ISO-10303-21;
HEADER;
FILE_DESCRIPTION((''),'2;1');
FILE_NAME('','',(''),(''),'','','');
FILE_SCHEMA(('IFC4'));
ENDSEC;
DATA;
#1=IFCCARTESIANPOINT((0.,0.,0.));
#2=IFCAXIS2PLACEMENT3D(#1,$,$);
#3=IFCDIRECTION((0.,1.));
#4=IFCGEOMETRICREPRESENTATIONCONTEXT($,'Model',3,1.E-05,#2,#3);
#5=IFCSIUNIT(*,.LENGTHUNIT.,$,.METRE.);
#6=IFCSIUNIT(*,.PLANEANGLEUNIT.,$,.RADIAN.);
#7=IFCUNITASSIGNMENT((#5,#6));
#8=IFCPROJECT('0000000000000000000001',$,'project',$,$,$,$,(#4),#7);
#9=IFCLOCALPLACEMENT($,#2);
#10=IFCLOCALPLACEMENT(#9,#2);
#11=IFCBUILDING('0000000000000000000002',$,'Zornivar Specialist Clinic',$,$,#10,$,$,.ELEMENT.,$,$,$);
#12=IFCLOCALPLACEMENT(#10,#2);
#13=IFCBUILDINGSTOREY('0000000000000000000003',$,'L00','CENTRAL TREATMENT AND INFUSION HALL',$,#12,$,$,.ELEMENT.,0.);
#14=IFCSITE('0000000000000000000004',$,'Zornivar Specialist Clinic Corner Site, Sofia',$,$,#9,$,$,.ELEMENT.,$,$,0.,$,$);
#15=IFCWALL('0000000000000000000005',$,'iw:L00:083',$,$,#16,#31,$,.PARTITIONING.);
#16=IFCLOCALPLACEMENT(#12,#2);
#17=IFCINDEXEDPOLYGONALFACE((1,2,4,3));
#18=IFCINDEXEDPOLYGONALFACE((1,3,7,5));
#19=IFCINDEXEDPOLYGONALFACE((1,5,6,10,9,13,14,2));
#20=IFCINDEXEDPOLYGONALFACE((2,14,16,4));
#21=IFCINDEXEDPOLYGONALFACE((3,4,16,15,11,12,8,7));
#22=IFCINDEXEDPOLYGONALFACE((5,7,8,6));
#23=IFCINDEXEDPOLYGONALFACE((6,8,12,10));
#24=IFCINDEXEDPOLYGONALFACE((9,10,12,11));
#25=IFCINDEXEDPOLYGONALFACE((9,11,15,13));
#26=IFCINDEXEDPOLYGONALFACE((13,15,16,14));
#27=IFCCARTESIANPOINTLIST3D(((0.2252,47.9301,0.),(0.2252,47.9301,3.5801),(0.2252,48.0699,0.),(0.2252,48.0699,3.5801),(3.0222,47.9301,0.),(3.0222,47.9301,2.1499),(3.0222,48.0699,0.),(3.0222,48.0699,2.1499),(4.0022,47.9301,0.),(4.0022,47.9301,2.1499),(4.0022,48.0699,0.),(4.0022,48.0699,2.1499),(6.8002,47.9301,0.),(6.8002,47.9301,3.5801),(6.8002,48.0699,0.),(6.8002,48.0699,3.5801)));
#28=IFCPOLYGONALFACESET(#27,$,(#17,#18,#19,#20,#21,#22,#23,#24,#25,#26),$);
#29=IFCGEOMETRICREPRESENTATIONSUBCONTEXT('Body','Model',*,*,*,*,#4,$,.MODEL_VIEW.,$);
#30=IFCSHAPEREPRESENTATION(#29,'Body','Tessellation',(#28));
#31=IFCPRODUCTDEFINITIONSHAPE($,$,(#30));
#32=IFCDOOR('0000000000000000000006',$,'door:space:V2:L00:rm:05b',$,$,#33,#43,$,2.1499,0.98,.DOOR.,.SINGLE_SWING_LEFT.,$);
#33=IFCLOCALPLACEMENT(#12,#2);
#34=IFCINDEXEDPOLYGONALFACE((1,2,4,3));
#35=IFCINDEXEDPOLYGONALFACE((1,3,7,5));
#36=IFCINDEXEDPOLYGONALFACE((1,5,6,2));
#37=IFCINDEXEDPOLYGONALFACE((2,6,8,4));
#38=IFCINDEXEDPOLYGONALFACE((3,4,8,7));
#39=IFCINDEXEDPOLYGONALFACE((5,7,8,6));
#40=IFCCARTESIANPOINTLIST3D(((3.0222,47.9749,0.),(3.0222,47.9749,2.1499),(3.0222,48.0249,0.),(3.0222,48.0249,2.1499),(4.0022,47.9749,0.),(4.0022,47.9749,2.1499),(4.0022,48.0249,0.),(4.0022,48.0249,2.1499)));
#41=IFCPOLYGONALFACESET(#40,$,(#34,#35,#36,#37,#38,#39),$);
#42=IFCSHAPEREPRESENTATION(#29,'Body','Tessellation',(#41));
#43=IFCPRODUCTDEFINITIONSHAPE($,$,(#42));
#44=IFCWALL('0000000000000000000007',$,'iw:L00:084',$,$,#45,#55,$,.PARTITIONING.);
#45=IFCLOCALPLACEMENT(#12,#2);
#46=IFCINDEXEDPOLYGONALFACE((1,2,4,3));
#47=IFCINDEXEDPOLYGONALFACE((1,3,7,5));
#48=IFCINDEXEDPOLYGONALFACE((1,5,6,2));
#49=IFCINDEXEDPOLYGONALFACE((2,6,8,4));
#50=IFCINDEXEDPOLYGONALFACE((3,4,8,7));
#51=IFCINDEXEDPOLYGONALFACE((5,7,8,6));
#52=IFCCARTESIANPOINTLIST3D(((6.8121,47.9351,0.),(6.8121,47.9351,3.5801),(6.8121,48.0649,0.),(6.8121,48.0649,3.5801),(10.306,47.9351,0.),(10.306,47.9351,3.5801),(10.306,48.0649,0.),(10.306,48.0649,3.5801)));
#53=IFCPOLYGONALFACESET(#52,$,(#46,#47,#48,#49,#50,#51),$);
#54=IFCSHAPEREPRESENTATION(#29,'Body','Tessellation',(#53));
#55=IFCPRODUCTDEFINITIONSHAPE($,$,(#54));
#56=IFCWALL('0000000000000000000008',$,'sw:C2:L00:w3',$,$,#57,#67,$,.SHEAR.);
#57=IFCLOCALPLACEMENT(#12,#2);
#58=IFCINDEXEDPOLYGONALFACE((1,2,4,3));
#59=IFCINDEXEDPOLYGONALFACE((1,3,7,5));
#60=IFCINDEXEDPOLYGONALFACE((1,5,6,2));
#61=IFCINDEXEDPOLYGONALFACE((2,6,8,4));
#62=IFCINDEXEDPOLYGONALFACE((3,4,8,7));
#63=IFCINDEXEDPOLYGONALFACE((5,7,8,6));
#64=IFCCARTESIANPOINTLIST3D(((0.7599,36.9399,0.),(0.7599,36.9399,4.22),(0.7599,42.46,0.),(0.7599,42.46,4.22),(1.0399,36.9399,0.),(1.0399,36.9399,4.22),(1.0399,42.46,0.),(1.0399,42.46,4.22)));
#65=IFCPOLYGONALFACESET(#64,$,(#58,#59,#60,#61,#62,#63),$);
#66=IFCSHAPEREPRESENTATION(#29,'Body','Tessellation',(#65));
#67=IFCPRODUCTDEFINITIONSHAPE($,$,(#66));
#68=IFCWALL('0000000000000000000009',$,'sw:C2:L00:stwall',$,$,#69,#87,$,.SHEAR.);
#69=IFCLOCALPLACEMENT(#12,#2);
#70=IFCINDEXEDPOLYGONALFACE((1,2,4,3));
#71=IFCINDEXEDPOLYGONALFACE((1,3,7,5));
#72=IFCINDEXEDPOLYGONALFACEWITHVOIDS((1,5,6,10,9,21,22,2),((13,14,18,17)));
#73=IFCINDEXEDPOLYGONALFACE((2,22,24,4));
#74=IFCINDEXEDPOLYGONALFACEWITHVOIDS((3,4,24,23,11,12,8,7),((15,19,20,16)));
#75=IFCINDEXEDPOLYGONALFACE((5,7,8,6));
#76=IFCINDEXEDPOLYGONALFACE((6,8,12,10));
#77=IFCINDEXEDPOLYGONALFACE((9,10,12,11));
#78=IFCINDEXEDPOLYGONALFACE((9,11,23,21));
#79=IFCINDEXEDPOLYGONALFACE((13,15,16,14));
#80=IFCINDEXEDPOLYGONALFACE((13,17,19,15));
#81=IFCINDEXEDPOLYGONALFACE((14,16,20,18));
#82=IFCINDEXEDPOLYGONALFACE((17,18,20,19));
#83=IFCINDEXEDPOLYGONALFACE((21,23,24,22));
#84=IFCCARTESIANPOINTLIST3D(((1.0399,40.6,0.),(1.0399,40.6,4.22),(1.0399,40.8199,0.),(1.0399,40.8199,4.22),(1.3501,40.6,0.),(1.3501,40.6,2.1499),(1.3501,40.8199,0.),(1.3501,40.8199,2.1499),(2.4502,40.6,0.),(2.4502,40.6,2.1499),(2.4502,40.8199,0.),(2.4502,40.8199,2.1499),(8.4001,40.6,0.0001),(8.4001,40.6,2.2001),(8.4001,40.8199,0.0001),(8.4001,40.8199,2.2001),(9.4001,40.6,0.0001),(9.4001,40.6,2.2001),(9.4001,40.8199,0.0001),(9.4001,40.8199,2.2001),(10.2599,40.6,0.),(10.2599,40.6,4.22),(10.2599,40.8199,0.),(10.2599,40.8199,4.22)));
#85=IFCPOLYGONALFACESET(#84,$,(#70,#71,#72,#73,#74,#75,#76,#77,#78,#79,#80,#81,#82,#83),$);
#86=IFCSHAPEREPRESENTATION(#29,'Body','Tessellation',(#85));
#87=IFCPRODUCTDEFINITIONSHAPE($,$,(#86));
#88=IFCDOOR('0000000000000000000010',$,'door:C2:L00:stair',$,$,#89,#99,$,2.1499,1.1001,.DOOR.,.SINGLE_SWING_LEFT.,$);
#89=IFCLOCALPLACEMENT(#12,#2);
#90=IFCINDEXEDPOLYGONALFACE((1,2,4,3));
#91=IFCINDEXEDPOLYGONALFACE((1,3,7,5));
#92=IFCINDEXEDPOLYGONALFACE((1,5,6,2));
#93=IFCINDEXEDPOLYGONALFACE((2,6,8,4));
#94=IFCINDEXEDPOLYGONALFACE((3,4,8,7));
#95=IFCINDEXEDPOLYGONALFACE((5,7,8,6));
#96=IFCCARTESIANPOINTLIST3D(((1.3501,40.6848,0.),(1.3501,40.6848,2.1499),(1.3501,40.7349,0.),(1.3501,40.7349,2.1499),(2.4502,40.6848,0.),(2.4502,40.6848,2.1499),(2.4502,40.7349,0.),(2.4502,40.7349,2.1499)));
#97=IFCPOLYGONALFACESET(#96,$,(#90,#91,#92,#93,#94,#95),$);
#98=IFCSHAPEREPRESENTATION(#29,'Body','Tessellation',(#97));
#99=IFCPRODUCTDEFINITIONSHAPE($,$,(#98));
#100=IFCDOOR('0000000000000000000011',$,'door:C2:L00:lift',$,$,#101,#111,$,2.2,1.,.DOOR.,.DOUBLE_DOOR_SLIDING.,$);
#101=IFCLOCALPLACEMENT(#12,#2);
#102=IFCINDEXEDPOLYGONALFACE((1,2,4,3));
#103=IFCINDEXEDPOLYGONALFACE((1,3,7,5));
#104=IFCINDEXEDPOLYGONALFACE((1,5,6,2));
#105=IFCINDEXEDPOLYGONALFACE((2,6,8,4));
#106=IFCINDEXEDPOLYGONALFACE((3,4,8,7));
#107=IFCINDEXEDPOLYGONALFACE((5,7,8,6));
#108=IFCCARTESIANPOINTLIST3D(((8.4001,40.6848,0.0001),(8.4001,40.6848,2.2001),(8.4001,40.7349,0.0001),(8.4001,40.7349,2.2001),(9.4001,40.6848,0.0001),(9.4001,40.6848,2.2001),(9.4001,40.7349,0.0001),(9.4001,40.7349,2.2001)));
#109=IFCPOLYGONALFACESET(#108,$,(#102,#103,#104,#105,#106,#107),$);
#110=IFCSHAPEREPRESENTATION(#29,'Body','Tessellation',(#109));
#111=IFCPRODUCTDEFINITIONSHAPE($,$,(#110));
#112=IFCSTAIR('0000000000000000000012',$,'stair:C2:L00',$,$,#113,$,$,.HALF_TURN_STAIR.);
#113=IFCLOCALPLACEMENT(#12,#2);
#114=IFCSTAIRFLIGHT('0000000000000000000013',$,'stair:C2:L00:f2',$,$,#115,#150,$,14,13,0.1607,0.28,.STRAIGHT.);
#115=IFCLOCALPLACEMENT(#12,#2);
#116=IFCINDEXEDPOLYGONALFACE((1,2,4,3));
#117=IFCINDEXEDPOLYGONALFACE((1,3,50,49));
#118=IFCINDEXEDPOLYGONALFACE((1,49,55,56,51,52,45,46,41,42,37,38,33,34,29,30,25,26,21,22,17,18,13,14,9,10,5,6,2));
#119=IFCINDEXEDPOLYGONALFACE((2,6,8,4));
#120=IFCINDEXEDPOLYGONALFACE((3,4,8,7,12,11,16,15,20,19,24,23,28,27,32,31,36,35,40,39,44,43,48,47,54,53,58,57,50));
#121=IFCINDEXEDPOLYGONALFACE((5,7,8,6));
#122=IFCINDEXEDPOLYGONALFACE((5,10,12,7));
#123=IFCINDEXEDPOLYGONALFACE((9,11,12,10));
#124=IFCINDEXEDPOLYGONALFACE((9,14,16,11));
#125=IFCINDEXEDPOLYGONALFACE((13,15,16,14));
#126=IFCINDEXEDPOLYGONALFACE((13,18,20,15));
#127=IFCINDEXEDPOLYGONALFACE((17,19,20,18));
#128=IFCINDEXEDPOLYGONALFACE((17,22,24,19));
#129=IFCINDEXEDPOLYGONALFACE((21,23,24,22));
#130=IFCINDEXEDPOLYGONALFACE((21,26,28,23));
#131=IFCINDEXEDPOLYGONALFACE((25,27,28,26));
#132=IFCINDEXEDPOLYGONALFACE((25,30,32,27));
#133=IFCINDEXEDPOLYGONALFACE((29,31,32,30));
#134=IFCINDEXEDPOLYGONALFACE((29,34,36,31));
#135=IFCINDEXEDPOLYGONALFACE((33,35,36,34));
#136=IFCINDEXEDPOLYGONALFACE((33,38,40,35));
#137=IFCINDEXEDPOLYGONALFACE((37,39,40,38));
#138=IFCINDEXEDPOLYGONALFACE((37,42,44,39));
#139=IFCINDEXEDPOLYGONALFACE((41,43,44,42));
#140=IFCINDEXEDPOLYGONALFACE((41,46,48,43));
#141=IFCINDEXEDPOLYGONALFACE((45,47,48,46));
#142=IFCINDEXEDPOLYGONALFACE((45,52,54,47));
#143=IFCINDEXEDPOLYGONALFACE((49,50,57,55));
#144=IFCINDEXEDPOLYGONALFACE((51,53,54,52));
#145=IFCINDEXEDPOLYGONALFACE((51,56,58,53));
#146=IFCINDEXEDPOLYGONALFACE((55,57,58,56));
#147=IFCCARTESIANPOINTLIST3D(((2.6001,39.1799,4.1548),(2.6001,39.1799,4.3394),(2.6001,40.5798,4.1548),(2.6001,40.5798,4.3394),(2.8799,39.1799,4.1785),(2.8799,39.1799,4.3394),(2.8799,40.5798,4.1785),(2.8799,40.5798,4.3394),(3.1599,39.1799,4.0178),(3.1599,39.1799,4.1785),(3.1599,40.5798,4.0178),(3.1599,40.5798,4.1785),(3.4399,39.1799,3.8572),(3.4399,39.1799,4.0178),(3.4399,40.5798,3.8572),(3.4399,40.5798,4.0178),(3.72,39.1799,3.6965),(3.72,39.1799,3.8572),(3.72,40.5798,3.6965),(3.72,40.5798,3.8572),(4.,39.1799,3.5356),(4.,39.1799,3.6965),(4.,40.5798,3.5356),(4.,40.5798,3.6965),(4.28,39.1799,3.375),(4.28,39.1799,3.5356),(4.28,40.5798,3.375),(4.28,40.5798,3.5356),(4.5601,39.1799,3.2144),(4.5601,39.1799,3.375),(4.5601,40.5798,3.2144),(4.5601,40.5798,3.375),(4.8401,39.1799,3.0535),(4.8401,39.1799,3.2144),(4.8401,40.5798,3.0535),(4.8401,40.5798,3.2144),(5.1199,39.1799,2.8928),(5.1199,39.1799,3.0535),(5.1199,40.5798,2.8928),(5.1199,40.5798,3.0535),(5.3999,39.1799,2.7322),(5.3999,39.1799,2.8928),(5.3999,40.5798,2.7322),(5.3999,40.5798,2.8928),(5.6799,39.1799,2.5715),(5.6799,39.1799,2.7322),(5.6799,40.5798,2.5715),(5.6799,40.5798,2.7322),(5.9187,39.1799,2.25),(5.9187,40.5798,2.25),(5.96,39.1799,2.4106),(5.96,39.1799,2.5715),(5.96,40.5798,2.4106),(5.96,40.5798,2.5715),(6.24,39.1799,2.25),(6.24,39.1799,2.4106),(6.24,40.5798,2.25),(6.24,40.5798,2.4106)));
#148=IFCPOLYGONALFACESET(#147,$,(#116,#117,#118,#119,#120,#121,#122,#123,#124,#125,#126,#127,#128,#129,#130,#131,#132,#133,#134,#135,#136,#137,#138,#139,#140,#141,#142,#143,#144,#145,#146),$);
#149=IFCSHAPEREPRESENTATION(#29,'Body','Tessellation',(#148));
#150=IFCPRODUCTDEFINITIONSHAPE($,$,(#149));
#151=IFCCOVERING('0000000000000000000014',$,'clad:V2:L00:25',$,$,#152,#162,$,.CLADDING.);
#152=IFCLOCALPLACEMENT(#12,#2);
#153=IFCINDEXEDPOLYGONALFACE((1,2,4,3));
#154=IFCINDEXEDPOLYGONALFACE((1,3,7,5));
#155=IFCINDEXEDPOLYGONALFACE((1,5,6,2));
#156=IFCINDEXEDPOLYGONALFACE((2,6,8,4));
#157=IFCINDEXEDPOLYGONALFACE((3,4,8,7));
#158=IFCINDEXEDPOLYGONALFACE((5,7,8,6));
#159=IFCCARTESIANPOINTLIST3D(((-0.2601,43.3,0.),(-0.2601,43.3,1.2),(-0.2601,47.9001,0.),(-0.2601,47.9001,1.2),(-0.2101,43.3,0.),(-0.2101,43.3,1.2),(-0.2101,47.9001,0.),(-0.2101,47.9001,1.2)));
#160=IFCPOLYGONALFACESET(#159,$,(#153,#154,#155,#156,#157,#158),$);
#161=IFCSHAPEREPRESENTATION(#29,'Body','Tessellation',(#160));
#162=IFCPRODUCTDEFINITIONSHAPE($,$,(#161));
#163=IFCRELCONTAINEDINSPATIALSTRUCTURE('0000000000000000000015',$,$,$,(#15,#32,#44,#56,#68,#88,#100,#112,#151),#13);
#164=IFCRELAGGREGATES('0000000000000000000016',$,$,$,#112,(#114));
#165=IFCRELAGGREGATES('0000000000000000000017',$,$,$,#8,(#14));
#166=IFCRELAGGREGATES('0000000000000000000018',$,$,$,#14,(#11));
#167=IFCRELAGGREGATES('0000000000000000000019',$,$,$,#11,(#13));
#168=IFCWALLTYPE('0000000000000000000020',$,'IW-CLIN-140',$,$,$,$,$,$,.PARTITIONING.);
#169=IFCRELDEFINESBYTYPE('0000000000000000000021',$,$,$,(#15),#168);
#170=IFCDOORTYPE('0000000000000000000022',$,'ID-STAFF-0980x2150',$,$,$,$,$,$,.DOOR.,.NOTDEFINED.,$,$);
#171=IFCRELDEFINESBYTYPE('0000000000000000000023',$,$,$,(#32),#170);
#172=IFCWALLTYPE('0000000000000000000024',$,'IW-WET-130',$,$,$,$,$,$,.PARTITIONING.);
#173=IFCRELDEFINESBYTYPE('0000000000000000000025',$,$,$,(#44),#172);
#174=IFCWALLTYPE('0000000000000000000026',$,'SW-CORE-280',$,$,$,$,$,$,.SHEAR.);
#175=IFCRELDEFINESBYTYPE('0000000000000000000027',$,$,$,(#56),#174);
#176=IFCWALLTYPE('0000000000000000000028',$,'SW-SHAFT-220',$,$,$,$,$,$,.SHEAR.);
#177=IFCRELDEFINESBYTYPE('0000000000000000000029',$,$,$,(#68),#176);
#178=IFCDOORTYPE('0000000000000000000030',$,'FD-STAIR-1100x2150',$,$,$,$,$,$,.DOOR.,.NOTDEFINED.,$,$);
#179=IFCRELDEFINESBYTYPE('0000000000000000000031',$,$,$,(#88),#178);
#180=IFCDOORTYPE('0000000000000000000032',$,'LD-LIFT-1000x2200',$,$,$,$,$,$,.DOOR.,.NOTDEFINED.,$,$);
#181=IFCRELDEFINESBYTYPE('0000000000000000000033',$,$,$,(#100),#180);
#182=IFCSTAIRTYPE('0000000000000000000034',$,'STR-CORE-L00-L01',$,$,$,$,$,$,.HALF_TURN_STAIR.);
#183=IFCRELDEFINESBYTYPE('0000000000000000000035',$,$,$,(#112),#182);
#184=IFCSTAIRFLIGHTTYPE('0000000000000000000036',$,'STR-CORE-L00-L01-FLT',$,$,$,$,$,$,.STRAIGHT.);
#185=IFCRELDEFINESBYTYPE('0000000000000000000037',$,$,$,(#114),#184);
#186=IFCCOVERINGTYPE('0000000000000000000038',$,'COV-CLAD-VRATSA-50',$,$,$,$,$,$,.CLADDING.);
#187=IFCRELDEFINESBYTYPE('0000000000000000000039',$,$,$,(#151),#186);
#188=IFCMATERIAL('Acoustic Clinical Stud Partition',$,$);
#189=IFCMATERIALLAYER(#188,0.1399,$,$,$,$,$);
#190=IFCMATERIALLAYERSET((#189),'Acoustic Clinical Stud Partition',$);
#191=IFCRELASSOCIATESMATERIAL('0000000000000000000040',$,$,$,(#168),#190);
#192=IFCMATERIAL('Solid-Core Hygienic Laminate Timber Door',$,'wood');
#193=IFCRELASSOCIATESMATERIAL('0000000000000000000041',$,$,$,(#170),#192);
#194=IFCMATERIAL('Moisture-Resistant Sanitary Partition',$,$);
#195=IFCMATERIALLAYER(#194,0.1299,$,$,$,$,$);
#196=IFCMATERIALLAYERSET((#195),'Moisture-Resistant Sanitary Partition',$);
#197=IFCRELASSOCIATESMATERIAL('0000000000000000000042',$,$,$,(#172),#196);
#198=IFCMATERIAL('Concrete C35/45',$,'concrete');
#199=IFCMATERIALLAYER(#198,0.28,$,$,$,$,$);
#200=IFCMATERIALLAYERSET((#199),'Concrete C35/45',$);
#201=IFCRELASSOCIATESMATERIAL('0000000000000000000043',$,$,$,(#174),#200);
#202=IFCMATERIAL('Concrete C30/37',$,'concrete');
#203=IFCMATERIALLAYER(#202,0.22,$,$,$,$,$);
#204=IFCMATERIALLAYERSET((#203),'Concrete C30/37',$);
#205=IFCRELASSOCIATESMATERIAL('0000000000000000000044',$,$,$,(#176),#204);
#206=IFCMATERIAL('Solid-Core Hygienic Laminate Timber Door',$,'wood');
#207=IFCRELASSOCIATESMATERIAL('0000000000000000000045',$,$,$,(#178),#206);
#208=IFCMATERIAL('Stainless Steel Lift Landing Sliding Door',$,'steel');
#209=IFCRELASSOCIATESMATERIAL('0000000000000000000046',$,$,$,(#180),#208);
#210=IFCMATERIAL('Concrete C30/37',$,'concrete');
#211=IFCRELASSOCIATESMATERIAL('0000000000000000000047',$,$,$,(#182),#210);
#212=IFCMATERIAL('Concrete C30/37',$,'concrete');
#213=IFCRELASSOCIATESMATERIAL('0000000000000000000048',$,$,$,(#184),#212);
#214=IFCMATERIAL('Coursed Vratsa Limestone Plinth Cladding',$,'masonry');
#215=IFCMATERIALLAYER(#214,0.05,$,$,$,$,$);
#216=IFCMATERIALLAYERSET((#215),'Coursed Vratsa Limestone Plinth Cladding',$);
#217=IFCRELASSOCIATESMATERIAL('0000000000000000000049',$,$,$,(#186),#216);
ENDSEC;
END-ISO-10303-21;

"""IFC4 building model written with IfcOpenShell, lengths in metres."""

from ifc_helpers import new_model, si_unit, direction, frame, frame_2d, origin, origin_2d, place, context, subcontext, project, spatial, polyline, rectangle, outline, extrude, material, layer, layer_set, type_object, element, fill, aggregate, save


model = new_model("IFC4")

# Units and contexts
model_context = context("Model", 3, precision=1e-05, world=origin(), true_north=direction((0.0, 1.0)))
body_context = subcontext(model_context, "Body", "Model", "MODEL_VIEW")
ifc_project = project(units=[si_unit("LENGTHUNIT", "METRE"), si_unit("PLANEANGLEUNIT", "RADIAN")], contexts=[model_context])

# Site, building, storey
site_placement = place(None, origin())
site = spatial("IfcSite", under=ifc_project, at=site_placement, Name="Zornivar Specialist Clinic Corner Site, Sofia", CompositionType="ELEMENT", RefElevation=0.0)
building_placement = place(site_placement, origin())
building = spatial("IfcBuilding", under=site, at=building_placement, Name="Zornivar Specialist Clinic", CompositionType="ELEMENT")
storey_placement = place(building_placement, origin())
storey = spatial("IfcBuildingStorey", under=building, at=storey_placement, Name="L00", Description="CENTRAL TREATMENT AND INFUSION HALL", CompositionType="ELEMENT", Elevation=0.0)

# Shared definitions
ifc_material_1 = material(Name="Acoustic Clinical Stud Partition")
ifc_layer_1 = layer(ifc_material_1, 0.1399)
ifc_layer_set_1 = layer_set([ifc_layer_1], Name="Acoustic Clinical Stud Partition")
wall_type_1 = type_object("IfcWallType", Name="IW-CLIN-140", PredefinedType="PARTITIONING", material=ifc_layer_set_1)

# Wall, opening, door
wall_1_placement = place(storey_placement, frame((0.2251, 48.0, 0.0), z_axis=(0.0, 0.0, 1.0), x_axis=(1.0, 0.0, 0.0)))
wall_1 = element("IfcWall", 1, at=wall_1_placement, inside=storey, type_object=wall_type_1, Name="iw:L00:083", PredefinedType="PARTITIONING", context=body_context, shape_type="SweptSolid", body=[
    extrude(rectangle(XDim=6.575, YDim=0.1399, at=frame_2d((3.2876, 0.0))), origin(), (0.0, 0.0, 1.0), 3.5801),
])
opening_1_placement = place(wall_1_placement, frame((2.7971, 0.0, 0.0)))
opening_1 = element("IfcOpeningElement", 2, at=opening_1_placement, cuts=wall_1, PredefinedType="OPENING", context=body_context, shape_type="SweptSolid", body=[
    extrude(rectangle(XDim=0.98, YDim=2.1499, at=frame_2d((0.49, 1.075))), frame((0.0, 0.0798, 0.0), z_axis=(0.0, -1.0, 0.0), x_axis=(1.0, 0.0, 0.0)), (0.0, 0.0, 1.0), 0.1599),
])
ifc_material_2 = material(Name="Solid-Core Hygienic Laminate Timber Door", Category="wood")
door_type_1 = type_object("IfcDoorType", Name="ID-STAFF-0980x2150", OperationType="NOTDEFINED", PredefinedType="DOOR", material=ifc_material_2)
door_1_placement = place(opening_1_placement, origin())
door_1 = element("IfcDoor", 3, at=door_1_placement, inside=storey, type_object=door_type_1, Name="door:space:V2:L00:rm:05b", OperationType="SINGLE_SWING_LEFT", OverallHeight=2.1499, OverallWidth=0.98, PredefinedType="DOOR", context=body_context, shape_type="SweptSolid", body=[
    extrude(rectangle(XDim=0.98, YDim=2.1499, at=frame_2d((0.49, 1.075))), frame((0.0, 0.0249, 0.0), z_axis=(0.0, -1.0, 0.0), x_axis=(1.0, 0.0, 0.0)), (0.0, 0.0, 1.0), 0.05),
])
fill(opening_1, door_1)

# Walls
ifc_material_3 = material(Name="Moisture-Resistant Sanitary Partition")
ifc_layer_2 = layer(ifc_material_3, 0.1299)
ifc_layer_set_2 = layer_set([ifc_layer_2], Name="Moisture-Resistant Sanitary Partition")
wall_type_2 = type_object("IfcWallType", Name="IW-WET-130", PredefinedType="PARTITIONING", material=ifc_layer_set_2)
wall_2_placement = place(storey_placement, frame((6.812, 48.0, 0.0), z_axis=(0.0, 0.0, 1.0), x_axis=(1.0, 0.0, 0.0)))
element("IfcWall", 4, at=wall_2_placement, inside=storey, type_object=wall_type_2, Name="iw:L00:084", PredefinedType="PARTITIONING", context=body_context, shape_type="SweptSolid", body=[
    extrude(rectangle(XDim=3.4939, YDim=0.1299, at=frame_2d((1.7471, 0.0))), origin(), (0.0, 0.0, 1.0), 3.5801),
])
ifc_material_4 = material(Name="Concrete C35/45", Category="concrete")
ifc_layer_3 = layer(ifc_material_4, 0.28)
ifc_layer_set_3 = layer_set([ifc_layer_3], Name="Concrete C35/45")
wall_type_3 = type_object("IfcWallType", Name="SW-CORE-280", PredefinedType="SHEAR", material=ifc_layer_set_3)
wall_3_placement = place(storey_placement, frame((0.8999, 42.46, 0.0), z_axis=(0.0, 0.0, 1.0), x_axis=(0.0, -1.0, 0.0)))
element("IfcWall", 5, at=wall_3_placement, inside=storey, type_object=wall_type_3, Name="sw:C2:L00:w3", PredefinedType="SHEAR", context=body_context, shape_type="SweptSolid", body=[
    extrude(rectangle(XDim=5.52, YDim=0.28, at=frame_2d((2.76, 0.0))), origin(), (0.0, 0.0, 1.0), 4.22),
])

# Wall, openings, doors
ifc_material_5 = material(Name="Concrete C30/37", Category="concrete")
ifc_layer_4 = layer(ifc_material_5, 0.22)
ifc_layer_set_4 = layer_set([ifc_layer_4], Name="Concrete C30/37")
wall_type_4 = type_object("IfcWallType", Name="SW-SHAFT-220", PredefinedType="SHEAR", material=ifc_layer_set_4)
wall_4_placement = place(storey_placement, frame((1.04, 40.71, 0.0), z_axis=(0.0, 0.0, 1.0), x_axis=(1.0, 0.0, 0.0)))
wall_4 = element("IfcWall", 6, at=wall_4_placement, inside=storey, type_object=wall_type_4, Name="sw:C2:L00:stwall", PredefinedType="SHEAR", context=body_context, shape_type="SweptSolid", body=[
    extrude(rectangle(XDim=9.22, YDim=0.22, at=frame_2d((4.6099, 0.0))), origin(), (0.0, 0.0, 1.0), 4.22),
])
opening_2_placement = place(wall_4_placement, frame((0.3101, 0.0, 0.0)))
opening_2 = element("IfcOpeningElement", 7, at=opening_2_placement, cuts=wall_4, PredefinedType="OPENING", context=body_context, shape_type="SweptSolid", body=[
    extrude(rectangle(XDim=1.1001, YDim=2.1499, at=frame_2d((0.55, 1.075))), frame((0.0, 0.1199, 0.0), z_axis=(0.0, -1.0, 0.0), x_axis=(1.0, 0.0, 0.0)), (0.0, 0.0, 1.0), 0.24),
])
opening_3_placement = place(wall_4_placement, frame((7.3601, 0.0, 0.0)))
opening_3 = element("IfcOpeningElement", 8, at=opening_3_placement, cuts=wall_4, PredefinedType="OPENING", context=body_context, shape_type="SweptSolid", body=[
    extrude(rectangle(XDim=1.0, YDim=2.2, at=frame_2d((0.5, 1.1001))), frame((0.0, 0.1199, 0.0), z_axis=(0.0, -1.0, 0.0), x_axis=(1.0, 0.0, 0.0)), (0.0, 0.0, 1.0), 0.24),
])
ifc_material_6 = material(Name="Solid-Core Hygienic Laminate Timber Door", Category="wood")
door_type_2 = type_object("IfcDoorType", Name="FD-STAIR-1100x2150", OperationType="NOTDEFINED", PredefinedType="DOOR", material=ifc_material_6)
door_2_placement = place(opening_2_placement, origin())
door_2 = element("IfcDoor", 9, at=door_2_placement, inside=storey, type_object=door_type_2, Name="door:C2:L00:stair", OperationType="SINGLE_SWING_LEFT", OverallHeight=2.1499, OverallWidth=1.1001, PredefinedType="DOOR", context=body_context, shape_type="SweptSolid", body=[
    extrude(rectangle(XDim=1.1001, YDim=2.1499, at=frame_2d((0.55, 1.075))), frame((0.0, 0.0249, 0.0), z_axis=(0.0, -1.0, 0.0), x_axis=(1.0, 0.0, 0.0)), (0.0, 0.0, 1.0), 0.05),
])
fill(opening_2, door_2)
ifc_material_7 = material(Name="Stainless Steel Lift Landing Sliding Door", Category="steel")
door_type_3 = type_object("IfcDoorType", Name="LD-LIFT-1000x2200", OperationType="NOTDEFINED", PredefinedType="DOOR", material=ifc_material_7)
door_3_placement = place(opening_3_placement, origin())
door_3 = element("IfcDoor", 10, at=door_3_placement, inside=storey, type_object=door_type_3, Name="door:C2:L00:lift", OperationType="DOUBLE_DOOR_SLIDING", OverallHeight=2.2, OverallWidth=1.0, PredefinedType="DOOR", context=body_context, shape_type="SweptSolid", body=[
    extrude(rectangle(XDim=1.0, YDim=2.2, at=frame_2d((0.5, 1.1001))), frame((0.0, 0.0249, 0.0), z_axis=(0.0, -1.0, 0.0), x_axis=(1.0, 0.0, 0.0)), (0.0, 0.0, 1.0), 0.05),
])
fill(opening_3, door_3)

# Stair, stair flight
ifc_material_8 = material(Name="Concrete C30/37", Category="concrete")
stair_type = type_object("IfcStairType", Name="STR-CORE-L00-L01", PredefinedType="HALF_TURN_STAIR", material=ifc_material_8)
stair_placement = place(storey_placement, origin())
stair = element("IfcStair", 11, at=stair_placement, inside=storey, type_object=stair_type, Name="stair:C2:L00", PredefinedType="HALF_TURN_STAIR")
ifc_material_9 = material(Name="Concrete C30/37", Category="concrete")
stair_flight_type = type_object("IfcStairFlightType", Name="STR-CORE-L00-L01-FLT", PredefinedType="STRAIGHT", material=ifc_material_9)
stair_flight_placement = place(storey_placement, frame((6.24, 39.8799, 2.25), z_axis=(0.0, 0.0, 1.0), x_axis=(-1.0, 0.0, 0.0)))
stair_flight = element("IfcStairFlight", 12, at=stair_flight_placement, type_object=stair_flight_type, Name="stair:C2:L00:f2", NumberOfRisers=14, NumberOfTreads=13, PredefinedType="STRAIGHT", RiserHeight=0.1607, TreadLength=0.28, context=body_context, shape_type="SweptSolid", body=[
    extrude(outline(polyline([(0.0, 0.0), (0.0, 0.1606), (0.28, 0.1606), (0.28, 0.3215), (0.5601, 0.3215), (0.5601, 0.4822), (0.8401, 0.4822), (0.8401, 0.6428), (1.1201, 0.6428), (1.1201, 0.8035), (1.3999, 0.8035), (1.3999, 0.9644), (1.6799, 0.9644), (1.6799, 1.125), (1.96, 1.125), (1.96, 1.2856), (2.24, 1.2856), (2.24, 1.4465), (2.52, 1.4465), (2.52, 1.6072), (2.8, 1.6072), (2.8, 1.7678), (3.0801, 1.7678), (3.0801, 1.9285), (3.3601, 1.9285), (3.3601, 2.0894), (3.6399, 2.0894), (3.6399, 2.25), (3.6399, 1.9048), (0.3213, 0.0), (0.0, 0.0)])), frame((0.0, 0.7, 0.0), z_axis=(0.0, -1.0, 0.0), x_axis=(1.0, 0.0, 0.0)), (0.0, 0.0, 1.0), 1.3999),
])
aggregate(stair, [stair_flight])

# Covering
ifc_material_10 = material(Name="Coursed Vratsa Limestone Plinth Cladding", Category="masonry")
ifc_layer_5 = layer(ifc_material_10, 0.05)
ifc_layer_set_5 = layer_set([ifc_layer_5], Name="Coursed Vratsa Limestone Plinth Cladding")
covering_type = type_object("IfcCoveringType", Name="COV-CLAD-VRATSA-50", PredefinedType="CLADDING", material=ifc_layer_set_5)
covering_1_placement = place(storey_placement, frame((-0.2351, 45.6001, 0.0), z_axis=(0.0, 0.0, 1.0), x_axis=(0.0, -1.0, 0.0)))
element("IfcCovering", 13, at=covering_1_placement, inside=storey, type_object=covering_type, Name="clad:V2:L00:25", PredefinedType="CLADDING", context=body_context, shape_type="SweptSolid", body=[
    extrude(rectangle(XDim=4.6001, YDim=0.05, at=origin_2d()), origin(), (0.0, 0.0, 1.0), 1.2),
])

save(model, "model.ifc")
